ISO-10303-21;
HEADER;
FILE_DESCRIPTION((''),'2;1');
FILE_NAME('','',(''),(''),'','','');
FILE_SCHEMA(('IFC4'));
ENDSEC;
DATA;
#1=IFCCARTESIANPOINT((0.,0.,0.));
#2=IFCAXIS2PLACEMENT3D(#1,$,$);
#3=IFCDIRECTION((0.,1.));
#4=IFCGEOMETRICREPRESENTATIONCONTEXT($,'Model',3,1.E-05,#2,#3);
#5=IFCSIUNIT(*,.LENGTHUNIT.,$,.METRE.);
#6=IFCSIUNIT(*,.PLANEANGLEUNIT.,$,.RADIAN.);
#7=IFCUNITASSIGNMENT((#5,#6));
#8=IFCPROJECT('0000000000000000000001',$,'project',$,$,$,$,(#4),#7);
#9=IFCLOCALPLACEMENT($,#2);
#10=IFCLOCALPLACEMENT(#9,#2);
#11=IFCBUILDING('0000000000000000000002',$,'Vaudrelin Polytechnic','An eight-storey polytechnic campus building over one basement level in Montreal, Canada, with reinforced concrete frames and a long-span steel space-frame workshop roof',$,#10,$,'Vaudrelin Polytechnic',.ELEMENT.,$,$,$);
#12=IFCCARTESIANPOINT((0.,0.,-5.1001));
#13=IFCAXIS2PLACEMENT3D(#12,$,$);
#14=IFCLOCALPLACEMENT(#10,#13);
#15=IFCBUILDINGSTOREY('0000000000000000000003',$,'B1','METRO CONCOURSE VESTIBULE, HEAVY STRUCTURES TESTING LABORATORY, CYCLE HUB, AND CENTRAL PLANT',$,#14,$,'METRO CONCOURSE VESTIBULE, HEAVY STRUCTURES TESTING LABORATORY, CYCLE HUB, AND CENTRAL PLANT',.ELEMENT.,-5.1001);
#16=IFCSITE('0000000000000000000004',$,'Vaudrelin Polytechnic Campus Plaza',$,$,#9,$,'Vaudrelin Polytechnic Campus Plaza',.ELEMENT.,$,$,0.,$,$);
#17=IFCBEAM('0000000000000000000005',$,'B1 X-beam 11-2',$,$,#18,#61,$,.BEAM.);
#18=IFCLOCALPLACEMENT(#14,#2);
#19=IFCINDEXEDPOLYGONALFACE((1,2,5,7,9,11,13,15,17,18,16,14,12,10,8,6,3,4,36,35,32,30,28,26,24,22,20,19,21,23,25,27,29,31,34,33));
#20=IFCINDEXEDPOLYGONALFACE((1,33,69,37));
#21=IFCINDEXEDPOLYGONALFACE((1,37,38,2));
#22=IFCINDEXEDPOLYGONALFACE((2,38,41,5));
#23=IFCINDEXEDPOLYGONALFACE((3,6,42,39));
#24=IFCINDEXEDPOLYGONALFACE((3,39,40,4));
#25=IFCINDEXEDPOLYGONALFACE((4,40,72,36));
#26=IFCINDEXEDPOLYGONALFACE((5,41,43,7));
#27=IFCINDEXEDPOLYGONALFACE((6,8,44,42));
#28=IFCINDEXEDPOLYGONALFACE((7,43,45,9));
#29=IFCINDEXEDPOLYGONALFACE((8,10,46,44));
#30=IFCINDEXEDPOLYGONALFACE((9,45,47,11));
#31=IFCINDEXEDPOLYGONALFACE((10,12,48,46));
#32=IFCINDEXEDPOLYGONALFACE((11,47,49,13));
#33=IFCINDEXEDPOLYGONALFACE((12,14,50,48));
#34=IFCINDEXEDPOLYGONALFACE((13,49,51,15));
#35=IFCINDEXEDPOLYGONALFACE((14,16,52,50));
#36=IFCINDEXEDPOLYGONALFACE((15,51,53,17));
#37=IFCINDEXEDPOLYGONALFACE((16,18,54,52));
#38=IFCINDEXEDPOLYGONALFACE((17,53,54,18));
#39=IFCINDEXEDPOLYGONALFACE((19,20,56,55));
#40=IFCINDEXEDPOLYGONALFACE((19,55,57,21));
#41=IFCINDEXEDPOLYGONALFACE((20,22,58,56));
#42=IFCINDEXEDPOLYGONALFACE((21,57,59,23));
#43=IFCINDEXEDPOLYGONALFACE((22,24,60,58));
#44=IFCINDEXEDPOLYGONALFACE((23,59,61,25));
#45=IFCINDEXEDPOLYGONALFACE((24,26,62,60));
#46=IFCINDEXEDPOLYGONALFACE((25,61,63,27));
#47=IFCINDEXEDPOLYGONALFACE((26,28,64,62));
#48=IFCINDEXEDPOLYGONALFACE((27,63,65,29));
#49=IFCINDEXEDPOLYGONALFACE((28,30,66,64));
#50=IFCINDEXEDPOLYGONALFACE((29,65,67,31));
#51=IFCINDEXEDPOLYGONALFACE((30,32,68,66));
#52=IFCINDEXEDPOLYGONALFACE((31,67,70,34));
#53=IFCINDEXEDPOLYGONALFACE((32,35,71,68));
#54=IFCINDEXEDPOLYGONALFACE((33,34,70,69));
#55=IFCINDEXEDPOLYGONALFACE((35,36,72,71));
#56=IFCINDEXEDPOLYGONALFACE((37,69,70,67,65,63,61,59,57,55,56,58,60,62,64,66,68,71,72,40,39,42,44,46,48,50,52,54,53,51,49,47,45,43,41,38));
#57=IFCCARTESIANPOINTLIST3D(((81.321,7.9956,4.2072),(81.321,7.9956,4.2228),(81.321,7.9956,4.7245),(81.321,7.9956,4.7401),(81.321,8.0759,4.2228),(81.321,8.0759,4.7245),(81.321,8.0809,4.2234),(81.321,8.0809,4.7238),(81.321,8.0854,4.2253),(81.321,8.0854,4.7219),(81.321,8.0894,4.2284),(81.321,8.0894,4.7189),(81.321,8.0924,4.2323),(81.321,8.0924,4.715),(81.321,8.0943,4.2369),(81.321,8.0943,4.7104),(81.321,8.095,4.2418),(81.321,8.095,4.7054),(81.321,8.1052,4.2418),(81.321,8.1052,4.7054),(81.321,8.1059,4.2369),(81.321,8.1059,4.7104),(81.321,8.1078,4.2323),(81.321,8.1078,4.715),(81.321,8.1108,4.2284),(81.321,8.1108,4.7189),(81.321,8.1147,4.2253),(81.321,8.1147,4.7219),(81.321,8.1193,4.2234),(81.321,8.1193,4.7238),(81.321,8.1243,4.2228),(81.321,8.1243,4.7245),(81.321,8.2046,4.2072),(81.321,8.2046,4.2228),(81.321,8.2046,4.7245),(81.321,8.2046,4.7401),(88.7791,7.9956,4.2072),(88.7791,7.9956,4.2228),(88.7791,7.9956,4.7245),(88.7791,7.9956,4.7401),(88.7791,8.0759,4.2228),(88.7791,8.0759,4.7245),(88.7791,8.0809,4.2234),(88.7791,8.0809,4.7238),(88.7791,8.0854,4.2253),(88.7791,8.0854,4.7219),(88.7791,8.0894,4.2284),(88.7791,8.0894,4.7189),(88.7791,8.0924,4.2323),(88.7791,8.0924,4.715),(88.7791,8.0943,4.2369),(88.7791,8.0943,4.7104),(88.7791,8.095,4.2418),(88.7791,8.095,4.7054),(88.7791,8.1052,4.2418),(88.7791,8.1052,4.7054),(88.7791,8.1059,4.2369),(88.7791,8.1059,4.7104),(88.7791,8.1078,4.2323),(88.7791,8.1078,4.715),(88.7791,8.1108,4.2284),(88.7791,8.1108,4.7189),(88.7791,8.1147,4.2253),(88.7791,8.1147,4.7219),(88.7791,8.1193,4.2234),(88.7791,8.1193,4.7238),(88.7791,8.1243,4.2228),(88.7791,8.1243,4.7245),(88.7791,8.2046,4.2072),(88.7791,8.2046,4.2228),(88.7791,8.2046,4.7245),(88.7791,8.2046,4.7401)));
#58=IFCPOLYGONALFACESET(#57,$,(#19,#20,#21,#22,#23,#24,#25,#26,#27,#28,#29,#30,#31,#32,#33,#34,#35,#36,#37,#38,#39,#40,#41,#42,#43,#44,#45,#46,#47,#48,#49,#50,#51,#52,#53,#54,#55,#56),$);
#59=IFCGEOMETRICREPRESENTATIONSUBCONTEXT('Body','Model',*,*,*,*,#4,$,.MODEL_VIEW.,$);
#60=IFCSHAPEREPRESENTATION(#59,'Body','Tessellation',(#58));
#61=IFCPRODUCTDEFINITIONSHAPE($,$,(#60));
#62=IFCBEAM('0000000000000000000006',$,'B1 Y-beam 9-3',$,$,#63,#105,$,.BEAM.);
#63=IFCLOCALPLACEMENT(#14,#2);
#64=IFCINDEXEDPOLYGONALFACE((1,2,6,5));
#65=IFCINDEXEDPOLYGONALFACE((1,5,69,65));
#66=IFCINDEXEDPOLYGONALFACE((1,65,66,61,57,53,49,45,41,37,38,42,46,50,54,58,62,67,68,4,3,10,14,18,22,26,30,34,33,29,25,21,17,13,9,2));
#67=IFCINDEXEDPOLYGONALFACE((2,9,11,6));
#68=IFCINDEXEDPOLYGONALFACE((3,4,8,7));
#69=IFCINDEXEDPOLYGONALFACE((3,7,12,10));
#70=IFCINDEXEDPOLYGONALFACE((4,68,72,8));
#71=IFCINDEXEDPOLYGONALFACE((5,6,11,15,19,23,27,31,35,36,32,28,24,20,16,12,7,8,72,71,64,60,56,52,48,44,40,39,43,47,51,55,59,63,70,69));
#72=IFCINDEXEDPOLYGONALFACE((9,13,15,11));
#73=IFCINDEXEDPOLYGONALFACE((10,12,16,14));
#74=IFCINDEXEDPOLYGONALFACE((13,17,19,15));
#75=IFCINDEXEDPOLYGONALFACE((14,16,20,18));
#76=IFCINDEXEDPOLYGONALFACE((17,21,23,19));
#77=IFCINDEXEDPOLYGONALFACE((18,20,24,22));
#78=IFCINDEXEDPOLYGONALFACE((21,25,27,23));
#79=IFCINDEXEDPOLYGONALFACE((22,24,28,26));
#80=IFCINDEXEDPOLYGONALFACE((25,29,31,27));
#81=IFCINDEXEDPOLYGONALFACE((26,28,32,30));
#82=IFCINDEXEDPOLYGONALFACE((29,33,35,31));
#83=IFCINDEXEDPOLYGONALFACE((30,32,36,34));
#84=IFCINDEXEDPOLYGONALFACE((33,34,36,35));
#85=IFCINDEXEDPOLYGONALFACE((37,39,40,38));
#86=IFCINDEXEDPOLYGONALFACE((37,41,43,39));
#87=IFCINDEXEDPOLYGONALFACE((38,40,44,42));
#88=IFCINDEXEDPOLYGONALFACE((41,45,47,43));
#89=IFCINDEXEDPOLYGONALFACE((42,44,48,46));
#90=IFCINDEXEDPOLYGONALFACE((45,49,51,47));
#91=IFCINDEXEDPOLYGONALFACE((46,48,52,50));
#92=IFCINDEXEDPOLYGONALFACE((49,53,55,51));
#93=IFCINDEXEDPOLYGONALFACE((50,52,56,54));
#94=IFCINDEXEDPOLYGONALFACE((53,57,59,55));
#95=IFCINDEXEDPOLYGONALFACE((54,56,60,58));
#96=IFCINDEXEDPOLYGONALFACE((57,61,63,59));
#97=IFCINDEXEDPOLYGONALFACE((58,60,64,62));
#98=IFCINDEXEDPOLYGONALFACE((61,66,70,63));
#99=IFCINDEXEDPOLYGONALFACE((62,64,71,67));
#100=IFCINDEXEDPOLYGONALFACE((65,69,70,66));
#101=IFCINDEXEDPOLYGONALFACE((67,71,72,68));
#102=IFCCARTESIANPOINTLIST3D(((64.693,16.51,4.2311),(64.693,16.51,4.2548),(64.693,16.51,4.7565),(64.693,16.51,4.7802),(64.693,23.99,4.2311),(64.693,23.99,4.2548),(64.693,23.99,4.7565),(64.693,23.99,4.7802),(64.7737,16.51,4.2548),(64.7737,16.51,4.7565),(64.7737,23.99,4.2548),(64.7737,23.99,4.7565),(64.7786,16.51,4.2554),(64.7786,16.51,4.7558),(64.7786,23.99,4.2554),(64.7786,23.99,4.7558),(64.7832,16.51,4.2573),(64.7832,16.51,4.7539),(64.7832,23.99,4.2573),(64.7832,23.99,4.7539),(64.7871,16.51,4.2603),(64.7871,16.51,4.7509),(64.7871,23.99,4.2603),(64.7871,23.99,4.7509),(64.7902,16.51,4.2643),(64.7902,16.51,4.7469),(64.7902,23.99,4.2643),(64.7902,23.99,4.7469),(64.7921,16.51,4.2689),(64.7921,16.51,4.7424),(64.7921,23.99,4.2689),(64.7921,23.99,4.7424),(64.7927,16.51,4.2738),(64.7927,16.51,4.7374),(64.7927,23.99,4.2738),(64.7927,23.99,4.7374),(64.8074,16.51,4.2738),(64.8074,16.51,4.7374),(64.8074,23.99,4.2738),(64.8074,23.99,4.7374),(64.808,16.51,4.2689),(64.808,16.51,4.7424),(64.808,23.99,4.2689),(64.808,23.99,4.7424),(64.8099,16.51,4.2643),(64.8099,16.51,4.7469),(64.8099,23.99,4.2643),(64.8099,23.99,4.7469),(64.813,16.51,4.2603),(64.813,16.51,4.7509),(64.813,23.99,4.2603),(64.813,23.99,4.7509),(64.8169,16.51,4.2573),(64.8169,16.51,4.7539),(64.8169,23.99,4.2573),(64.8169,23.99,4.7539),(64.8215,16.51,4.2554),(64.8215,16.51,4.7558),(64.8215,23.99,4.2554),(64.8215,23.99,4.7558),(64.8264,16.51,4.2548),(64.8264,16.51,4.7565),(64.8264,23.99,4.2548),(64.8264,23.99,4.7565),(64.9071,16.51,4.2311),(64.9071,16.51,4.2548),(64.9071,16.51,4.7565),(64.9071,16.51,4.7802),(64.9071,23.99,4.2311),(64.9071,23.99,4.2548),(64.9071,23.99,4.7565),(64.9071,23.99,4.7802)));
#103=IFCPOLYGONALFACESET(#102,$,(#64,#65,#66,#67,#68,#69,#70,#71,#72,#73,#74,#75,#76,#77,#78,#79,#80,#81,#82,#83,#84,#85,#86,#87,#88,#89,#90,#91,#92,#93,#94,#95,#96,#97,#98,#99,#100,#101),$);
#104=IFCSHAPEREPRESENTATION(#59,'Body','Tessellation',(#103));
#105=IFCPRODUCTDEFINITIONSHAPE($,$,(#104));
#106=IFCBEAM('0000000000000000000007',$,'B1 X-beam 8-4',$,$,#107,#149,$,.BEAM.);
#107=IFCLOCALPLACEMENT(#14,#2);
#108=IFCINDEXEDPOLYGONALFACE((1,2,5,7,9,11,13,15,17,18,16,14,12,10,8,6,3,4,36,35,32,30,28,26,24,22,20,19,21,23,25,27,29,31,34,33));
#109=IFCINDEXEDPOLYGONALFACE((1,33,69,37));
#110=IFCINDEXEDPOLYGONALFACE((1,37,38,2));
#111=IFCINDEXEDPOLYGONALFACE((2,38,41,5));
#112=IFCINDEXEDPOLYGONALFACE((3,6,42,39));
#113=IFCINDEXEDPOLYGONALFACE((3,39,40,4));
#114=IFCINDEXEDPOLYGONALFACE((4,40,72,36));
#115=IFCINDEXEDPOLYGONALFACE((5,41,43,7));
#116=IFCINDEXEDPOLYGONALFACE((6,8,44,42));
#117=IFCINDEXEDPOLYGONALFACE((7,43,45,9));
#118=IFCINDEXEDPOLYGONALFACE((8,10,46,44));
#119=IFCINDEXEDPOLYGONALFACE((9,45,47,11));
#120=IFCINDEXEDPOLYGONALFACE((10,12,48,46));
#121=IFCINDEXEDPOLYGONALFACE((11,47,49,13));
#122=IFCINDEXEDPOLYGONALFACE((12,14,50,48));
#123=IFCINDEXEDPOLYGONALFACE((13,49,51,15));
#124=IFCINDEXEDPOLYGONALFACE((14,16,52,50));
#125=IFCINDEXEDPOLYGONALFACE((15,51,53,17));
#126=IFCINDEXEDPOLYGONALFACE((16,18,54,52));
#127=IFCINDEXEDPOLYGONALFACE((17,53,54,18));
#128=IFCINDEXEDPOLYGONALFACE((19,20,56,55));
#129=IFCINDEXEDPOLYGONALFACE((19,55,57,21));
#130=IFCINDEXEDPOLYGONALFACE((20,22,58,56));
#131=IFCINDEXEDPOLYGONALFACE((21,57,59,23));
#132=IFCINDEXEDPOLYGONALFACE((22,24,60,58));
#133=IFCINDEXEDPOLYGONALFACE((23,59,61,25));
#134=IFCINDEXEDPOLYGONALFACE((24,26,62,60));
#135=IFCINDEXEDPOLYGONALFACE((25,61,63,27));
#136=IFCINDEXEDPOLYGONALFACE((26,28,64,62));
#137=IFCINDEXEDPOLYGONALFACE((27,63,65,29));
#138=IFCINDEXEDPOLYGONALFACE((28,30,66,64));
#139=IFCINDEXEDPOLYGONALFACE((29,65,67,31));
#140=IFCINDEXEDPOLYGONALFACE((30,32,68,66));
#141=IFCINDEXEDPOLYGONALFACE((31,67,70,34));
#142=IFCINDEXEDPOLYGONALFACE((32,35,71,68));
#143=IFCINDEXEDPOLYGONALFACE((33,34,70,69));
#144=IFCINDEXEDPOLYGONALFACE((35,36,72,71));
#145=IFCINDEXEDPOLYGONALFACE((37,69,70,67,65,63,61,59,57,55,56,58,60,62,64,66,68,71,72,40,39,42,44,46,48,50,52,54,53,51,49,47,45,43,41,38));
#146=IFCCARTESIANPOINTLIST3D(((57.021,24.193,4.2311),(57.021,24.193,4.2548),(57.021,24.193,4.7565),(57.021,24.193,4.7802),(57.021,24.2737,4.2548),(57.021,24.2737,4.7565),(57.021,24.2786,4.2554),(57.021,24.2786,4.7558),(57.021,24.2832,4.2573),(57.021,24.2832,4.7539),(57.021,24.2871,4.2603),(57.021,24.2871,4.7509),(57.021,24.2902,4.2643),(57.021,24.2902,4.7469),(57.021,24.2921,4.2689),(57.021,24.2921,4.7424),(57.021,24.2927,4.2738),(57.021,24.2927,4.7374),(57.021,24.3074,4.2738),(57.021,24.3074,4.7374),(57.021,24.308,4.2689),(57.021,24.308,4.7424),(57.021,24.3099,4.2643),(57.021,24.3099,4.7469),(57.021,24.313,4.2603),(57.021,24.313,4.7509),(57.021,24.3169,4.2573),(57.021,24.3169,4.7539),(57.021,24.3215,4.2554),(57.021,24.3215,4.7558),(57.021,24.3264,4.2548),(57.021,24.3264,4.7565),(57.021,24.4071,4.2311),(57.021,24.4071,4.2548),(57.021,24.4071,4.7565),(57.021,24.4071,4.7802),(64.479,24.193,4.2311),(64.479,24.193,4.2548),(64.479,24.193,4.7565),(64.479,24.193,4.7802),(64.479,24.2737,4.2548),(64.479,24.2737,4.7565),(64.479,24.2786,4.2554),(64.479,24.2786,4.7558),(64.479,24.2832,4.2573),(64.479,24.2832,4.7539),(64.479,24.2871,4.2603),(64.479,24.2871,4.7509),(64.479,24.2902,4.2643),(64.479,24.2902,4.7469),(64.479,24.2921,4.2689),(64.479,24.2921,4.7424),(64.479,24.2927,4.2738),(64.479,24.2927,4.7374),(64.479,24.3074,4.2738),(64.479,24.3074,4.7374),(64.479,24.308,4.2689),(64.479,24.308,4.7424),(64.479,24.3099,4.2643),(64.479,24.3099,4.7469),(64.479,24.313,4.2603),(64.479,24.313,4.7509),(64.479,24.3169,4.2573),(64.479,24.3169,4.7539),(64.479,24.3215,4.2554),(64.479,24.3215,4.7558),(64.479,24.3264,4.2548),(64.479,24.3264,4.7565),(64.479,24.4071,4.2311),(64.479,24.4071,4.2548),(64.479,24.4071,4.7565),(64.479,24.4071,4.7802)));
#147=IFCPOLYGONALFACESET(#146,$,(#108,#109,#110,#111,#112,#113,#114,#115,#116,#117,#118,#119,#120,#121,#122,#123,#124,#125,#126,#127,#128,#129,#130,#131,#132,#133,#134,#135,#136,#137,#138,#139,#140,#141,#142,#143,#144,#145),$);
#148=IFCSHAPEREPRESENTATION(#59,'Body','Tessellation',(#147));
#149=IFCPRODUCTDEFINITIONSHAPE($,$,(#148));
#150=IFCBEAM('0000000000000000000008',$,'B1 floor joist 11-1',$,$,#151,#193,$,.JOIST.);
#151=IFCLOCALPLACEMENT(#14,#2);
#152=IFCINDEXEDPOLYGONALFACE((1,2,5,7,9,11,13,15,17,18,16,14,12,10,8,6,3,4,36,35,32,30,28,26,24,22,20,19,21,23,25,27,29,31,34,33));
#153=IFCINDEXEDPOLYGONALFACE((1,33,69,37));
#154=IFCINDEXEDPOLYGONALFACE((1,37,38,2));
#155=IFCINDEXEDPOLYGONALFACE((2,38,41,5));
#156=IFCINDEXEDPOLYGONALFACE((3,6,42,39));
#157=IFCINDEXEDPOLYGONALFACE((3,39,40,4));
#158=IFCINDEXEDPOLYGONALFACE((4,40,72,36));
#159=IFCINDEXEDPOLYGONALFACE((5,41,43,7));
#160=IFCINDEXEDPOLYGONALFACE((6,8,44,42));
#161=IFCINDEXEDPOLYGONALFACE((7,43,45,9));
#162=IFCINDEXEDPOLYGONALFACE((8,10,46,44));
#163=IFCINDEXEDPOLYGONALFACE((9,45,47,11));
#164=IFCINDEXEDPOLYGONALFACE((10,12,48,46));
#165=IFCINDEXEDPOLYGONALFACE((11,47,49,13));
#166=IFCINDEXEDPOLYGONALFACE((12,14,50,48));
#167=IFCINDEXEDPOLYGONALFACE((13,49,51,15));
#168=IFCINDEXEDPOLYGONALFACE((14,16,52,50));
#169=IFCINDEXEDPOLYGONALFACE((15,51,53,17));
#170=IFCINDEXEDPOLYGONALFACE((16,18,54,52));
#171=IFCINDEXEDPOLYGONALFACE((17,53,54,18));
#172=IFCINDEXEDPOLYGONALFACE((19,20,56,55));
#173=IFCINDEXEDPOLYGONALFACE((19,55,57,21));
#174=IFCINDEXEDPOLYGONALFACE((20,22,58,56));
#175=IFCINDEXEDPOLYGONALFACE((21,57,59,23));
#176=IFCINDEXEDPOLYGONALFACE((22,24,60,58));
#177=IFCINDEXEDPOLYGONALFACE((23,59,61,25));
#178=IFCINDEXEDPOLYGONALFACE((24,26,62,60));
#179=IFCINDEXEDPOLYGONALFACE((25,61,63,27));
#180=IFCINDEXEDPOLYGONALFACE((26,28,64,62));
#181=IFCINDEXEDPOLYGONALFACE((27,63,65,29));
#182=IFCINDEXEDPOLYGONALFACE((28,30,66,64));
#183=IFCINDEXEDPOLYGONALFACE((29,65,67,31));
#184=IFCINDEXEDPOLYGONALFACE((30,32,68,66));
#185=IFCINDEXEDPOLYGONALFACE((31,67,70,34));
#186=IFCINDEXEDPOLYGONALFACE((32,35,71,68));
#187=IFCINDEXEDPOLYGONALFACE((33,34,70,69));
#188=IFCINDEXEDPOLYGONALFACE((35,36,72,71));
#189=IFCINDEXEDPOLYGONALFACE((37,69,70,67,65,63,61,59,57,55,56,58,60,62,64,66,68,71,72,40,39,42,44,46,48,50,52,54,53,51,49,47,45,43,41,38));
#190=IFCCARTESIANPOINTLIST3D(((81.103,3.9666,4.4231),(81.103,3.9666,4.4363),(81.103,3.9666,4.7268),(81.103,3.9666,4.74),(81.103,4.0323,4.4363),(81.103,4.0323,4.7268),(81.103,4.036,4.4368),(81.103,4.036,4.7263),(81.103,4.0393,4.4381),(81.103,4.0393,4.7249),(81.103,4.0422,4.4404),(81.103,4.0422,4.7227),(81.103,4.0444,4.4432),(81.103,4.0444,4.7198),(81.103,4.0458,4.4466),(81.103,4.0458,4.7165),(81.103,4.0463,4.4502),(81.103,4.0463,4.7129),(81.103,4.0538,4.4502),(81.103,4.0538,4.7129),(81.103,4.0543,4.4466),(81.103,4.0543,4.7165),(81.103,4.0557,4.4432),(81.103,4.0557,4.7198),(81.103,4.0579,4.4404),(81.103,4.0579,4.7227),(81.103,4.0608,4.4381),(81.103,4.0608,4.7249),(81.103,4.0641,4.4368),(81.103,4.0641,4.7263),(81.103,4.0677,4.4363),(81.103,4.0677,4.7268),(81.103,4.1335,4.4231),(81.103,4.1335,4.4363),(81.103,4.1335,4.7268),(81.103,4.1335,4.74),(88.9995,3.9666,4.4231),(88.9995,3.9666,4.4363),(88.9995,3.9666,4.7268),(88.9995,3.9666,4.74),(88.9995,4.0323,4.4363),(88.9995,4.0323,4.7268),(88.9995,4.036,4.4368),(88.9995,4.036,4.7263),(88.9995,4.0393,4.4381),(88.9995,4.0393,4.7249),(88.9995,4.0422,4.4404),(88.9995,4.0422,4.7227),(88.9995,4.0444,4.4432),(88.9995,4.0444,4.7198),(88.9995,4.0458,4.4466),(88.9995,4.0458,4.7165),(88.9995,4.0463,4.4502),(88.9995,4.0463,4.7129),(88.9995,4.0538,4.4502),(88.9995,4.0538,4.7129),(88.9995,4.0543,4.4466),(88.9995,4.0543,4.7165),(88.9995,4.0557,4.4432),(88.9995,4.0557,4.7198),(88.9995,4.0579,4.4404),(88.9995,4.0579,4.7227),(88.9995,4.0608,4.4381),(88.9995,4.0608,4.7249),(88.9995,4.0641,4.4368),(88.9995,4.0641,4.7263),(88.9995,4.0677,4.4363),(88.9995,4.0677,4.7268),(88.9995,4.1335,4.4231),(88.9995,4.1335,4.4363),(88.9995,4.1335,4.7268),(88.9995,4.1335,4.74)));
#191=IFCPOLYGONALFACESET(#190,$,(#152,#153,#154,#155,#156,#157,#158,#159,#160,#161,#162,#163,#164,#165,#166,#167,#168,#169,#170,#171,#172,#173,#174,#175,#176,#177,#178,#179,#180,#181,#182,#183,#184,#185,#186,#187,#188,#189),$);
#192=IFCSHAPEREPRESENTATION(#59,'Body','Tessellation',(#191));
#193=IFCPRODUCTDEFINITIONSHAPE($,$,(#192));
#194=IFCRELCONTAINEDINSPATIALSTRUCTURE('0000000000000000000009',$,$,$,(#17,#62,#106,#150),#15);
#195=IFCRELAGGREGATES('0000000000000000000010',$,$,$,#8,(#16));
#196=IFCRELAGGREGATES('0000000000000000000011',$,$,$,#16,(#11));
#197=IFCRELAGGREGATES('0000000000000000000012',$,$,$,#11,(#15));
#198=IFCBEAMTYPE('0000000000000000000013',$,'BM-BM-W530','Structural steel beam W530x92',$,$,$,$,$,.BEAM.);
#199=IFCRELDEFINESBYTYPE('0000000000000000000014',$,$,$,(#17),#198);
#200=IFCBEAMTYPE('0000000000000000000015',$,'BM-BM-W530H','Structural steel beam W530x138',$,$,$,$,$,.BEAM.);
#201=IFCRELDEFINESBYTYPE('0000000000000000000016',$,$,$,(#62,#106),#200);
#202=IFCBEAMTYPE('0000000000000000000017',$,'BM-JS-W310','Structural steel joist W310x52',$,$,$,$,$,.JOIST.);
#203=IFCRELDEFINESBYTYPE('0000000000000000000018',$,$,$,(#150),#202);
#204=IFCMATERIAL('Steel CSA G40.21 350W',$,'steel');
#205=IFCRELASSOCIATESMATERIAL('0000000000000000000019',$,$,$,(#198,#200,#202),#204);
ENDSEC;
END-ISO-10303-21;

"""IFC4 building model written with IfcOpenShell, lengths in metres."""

from ifc_helpers import new_model, si_unit, direction, frame, origin, origin_2d, place, context, subcontext, project, spatial, i_section, extrude, material, material_profile, profile_set, type_object, element, save


model = new_model("IFC4")

# Units and contexts
model_context = context("Model", 3, precision=1e-05, world=origin(), true_north=direction((0.0, 1.0)))
body_context = subcontext(model_context, "Body", "Model", "MODEL_VIEW")
ifc_project = project(units=[si_unit("LENGTHUNIT", "METRE"), si_unit("PLANEANGLEUNIT", "RADIAN")], contexts=[model_context])

# Site, building, storey
site_placement = place(None, origin())
site = spatial("IfcSite", under=ifc_project, at=site_placement, Name="Vaudrelin Polytechnic Campus Plaza", LongName="Vaudrelin Polytechnic Campus Plaza", CompositionType="ELEMENT", RefElevation=0.0)
building_placement = place(site_placement, origin())
building = spatial("IfcBuilding", under=site, at=building_placement, Name="Vaudrelin Polytechnic", Description="An eight-storey polytechnic campus building over one basement level in Montreal, Canada, with reinforced concrete frames and a long-span steel space-frame workshop roof", LongName="Vaudrelin Polytechnic", CompositionType="ELEMENT")
storey_placement = place(building_placement, frame((0.0, 0.0, -5.1001)))
storey = spatial("IfcBuildingStorey", under=building, at=storey_placement, Name="B1", Description="METRO CONCOURSE VESTIBULE, HEAVY STRUCTURES TESTING LABORATORY, CYCLE HUB, AND CENTRAL PLANT", LongName="METRO CONCOURSE VESTIBULE, HEAVY STRUCTURES TESTING LABORATORY, CYCLE HUB, AND CENTRAL PLANT", CompositionType="ELEMENT", Elevation=-5.1001)

# Beams
ifc_material_1 = material(Name="Steel CSA G40.21 350W", Category="steel")
ifc_material_profile_1 = material_profile(ifc_material_1, i_section(OverallWidth=0.209, OverallDepth=0.533, WebThickness=0.0103, FlangeThickness=0.0156, FilletRadius=0.019, at=origin_2d()), Name="W530x92")
ifc_profile_set_1 = profile_set([ifc_material_profile_1], Name="Steel CSA G40.21 350W")
beam_type_1 = type_object("IfcBeamType", Name="BM-BM-W530", Description="Structural steel beam W530x92", PredefinedType="BEAM", material=ifc_profile_set_1)
for number, where, z_axis, x_axis, name in (
    (1, (81.321, 8.1001, 4.4736), (1.0, 0.0, 0.0), (0.0, 1.0, 0.0), "B1 X-beam 11-2"),
):
    element("IfcBeam", number, at=place(storey_placement, frame(where, z_axis=z_axis, x_axis=x_axis)), inside=storey, type_object=beam_type_1, Name=name, PredefinedType="BEAM", context=body_context, shape_type="SweptSolid", body=[
        extrude(i_section(OverallWidth=0.209, OverallDepth=0.533, WebThickness=0.0103, FlangeThickness=0.0156, FilletRadius=0.019, at=origin_2d()), origin(), (0.0, 0.0, 1.0), 7.458),
    ])
ifc_material_profile_2 = material_profile(ifc_material_1, i_section(OverallWidth=0.2141, OverallDepth=0.5491, WebThickness=0.0146, FlangeThickness=0.0237, FilletRadius=0.019, at=origin_2d()), Name="W530x138")
ifc_profile_set_2 = profile_set([ifc_material_profile_2], Name="Steel CSA G40.21 350W")
beam_type_2 = type_object("IfcBeamType", Name="BM-BM-W530H", Description="Structural steel beam W530x138", PredefinedType="BEAM", material=ifc_profile_set_2)
beam_1_placement = place(storey_placement, frame((64.8, 16.51, 4.5056), z_axis=(0.0, 1.0, 0.0), x_axis=(-1.0, 0.0, 0.0)))
element("IfcBeam", 2, at=beam_1_placement, inside=storey, type_object=beam_type_2, Name="B1 Y-beam 9-3", PredefinedType="BEAM", context=body_context, shape_type="SweptSolid", body=[
    extrude(i_section(OverallWidth=0.2141, OverallDepth=0.5491, WebThickness=0.0146, FlangeThickness=0.0237, FilletRadius=0.019, at=origin_2d()), origin(), (0.0, 0.0, 1.0), 7.48),
])
beam_2_placement = place(storey_placement, frame((57.021, 24.3, 4.5056), z_axis=(1.0, 0.0, 0.0), x_axis=(0.0, 1.0, 0.0)))
element("IfcBeam", 3, at=beam_2_placement, inside=storey, type_object=beam_type_2, Name="B1 X-beam 8-4", PredefinedType="BEAM", context=body_context, shape_type="SweptSolid", body=[
    extrude(i_section(OverallWidth=0.2141, OverallDepth=0.5491, WebThickness=0.0146, FlangeThickness=0.0237, FilletRadius=0.019, at=origin_2d()), origin(), (0.0, 0.0, 1.0), 7.458),
])
ifc_material_profile_3 = material_profile(ifc_material_1, i_section(OverallWidth=0.167, OverallDepth=0.3169, WebThickness=0.0076, FlangeThickness=0.0132, FilletRadius=0.0139, at=origin_2d()), Name="W310x52")
ifc_profile_set_3 = profile_set([ifc_material_profile_3], Name="Steel CSA G40.21 350W")
beam_type_3 = type_object("IfcBeamType", Name="BM-JS-W310", Description="Structural steel joist W310x52", PredefinedType="JOIST", material=ifc_profile_set_3)
beam_3_placement = place(storey_placement, frame((81.103, 4.05, 4.5815), z_axis=(1.0, 0.0, 0.0), x_axis=(0.0, 1.0, 0.0)))
element("IfcBeam", 4, at=beam_3_placement, inside=storey, type_object=beam_type_3, Name="B1 floor joist 11-1", PredefinedType="JOIST", context=body_context, shape_type="SweptSolid", body=[
    extrude(i_section(OverallWidth=0.167, OverallDepth=0.3169, WebThickness=0.0076, FlangeThickness=0.0132, FilletRadius=0.0139, at=origin_2d()), origin(), (0.0, 0.0, 1.0), 7.8965),
])

save(model, "model.ifc")
